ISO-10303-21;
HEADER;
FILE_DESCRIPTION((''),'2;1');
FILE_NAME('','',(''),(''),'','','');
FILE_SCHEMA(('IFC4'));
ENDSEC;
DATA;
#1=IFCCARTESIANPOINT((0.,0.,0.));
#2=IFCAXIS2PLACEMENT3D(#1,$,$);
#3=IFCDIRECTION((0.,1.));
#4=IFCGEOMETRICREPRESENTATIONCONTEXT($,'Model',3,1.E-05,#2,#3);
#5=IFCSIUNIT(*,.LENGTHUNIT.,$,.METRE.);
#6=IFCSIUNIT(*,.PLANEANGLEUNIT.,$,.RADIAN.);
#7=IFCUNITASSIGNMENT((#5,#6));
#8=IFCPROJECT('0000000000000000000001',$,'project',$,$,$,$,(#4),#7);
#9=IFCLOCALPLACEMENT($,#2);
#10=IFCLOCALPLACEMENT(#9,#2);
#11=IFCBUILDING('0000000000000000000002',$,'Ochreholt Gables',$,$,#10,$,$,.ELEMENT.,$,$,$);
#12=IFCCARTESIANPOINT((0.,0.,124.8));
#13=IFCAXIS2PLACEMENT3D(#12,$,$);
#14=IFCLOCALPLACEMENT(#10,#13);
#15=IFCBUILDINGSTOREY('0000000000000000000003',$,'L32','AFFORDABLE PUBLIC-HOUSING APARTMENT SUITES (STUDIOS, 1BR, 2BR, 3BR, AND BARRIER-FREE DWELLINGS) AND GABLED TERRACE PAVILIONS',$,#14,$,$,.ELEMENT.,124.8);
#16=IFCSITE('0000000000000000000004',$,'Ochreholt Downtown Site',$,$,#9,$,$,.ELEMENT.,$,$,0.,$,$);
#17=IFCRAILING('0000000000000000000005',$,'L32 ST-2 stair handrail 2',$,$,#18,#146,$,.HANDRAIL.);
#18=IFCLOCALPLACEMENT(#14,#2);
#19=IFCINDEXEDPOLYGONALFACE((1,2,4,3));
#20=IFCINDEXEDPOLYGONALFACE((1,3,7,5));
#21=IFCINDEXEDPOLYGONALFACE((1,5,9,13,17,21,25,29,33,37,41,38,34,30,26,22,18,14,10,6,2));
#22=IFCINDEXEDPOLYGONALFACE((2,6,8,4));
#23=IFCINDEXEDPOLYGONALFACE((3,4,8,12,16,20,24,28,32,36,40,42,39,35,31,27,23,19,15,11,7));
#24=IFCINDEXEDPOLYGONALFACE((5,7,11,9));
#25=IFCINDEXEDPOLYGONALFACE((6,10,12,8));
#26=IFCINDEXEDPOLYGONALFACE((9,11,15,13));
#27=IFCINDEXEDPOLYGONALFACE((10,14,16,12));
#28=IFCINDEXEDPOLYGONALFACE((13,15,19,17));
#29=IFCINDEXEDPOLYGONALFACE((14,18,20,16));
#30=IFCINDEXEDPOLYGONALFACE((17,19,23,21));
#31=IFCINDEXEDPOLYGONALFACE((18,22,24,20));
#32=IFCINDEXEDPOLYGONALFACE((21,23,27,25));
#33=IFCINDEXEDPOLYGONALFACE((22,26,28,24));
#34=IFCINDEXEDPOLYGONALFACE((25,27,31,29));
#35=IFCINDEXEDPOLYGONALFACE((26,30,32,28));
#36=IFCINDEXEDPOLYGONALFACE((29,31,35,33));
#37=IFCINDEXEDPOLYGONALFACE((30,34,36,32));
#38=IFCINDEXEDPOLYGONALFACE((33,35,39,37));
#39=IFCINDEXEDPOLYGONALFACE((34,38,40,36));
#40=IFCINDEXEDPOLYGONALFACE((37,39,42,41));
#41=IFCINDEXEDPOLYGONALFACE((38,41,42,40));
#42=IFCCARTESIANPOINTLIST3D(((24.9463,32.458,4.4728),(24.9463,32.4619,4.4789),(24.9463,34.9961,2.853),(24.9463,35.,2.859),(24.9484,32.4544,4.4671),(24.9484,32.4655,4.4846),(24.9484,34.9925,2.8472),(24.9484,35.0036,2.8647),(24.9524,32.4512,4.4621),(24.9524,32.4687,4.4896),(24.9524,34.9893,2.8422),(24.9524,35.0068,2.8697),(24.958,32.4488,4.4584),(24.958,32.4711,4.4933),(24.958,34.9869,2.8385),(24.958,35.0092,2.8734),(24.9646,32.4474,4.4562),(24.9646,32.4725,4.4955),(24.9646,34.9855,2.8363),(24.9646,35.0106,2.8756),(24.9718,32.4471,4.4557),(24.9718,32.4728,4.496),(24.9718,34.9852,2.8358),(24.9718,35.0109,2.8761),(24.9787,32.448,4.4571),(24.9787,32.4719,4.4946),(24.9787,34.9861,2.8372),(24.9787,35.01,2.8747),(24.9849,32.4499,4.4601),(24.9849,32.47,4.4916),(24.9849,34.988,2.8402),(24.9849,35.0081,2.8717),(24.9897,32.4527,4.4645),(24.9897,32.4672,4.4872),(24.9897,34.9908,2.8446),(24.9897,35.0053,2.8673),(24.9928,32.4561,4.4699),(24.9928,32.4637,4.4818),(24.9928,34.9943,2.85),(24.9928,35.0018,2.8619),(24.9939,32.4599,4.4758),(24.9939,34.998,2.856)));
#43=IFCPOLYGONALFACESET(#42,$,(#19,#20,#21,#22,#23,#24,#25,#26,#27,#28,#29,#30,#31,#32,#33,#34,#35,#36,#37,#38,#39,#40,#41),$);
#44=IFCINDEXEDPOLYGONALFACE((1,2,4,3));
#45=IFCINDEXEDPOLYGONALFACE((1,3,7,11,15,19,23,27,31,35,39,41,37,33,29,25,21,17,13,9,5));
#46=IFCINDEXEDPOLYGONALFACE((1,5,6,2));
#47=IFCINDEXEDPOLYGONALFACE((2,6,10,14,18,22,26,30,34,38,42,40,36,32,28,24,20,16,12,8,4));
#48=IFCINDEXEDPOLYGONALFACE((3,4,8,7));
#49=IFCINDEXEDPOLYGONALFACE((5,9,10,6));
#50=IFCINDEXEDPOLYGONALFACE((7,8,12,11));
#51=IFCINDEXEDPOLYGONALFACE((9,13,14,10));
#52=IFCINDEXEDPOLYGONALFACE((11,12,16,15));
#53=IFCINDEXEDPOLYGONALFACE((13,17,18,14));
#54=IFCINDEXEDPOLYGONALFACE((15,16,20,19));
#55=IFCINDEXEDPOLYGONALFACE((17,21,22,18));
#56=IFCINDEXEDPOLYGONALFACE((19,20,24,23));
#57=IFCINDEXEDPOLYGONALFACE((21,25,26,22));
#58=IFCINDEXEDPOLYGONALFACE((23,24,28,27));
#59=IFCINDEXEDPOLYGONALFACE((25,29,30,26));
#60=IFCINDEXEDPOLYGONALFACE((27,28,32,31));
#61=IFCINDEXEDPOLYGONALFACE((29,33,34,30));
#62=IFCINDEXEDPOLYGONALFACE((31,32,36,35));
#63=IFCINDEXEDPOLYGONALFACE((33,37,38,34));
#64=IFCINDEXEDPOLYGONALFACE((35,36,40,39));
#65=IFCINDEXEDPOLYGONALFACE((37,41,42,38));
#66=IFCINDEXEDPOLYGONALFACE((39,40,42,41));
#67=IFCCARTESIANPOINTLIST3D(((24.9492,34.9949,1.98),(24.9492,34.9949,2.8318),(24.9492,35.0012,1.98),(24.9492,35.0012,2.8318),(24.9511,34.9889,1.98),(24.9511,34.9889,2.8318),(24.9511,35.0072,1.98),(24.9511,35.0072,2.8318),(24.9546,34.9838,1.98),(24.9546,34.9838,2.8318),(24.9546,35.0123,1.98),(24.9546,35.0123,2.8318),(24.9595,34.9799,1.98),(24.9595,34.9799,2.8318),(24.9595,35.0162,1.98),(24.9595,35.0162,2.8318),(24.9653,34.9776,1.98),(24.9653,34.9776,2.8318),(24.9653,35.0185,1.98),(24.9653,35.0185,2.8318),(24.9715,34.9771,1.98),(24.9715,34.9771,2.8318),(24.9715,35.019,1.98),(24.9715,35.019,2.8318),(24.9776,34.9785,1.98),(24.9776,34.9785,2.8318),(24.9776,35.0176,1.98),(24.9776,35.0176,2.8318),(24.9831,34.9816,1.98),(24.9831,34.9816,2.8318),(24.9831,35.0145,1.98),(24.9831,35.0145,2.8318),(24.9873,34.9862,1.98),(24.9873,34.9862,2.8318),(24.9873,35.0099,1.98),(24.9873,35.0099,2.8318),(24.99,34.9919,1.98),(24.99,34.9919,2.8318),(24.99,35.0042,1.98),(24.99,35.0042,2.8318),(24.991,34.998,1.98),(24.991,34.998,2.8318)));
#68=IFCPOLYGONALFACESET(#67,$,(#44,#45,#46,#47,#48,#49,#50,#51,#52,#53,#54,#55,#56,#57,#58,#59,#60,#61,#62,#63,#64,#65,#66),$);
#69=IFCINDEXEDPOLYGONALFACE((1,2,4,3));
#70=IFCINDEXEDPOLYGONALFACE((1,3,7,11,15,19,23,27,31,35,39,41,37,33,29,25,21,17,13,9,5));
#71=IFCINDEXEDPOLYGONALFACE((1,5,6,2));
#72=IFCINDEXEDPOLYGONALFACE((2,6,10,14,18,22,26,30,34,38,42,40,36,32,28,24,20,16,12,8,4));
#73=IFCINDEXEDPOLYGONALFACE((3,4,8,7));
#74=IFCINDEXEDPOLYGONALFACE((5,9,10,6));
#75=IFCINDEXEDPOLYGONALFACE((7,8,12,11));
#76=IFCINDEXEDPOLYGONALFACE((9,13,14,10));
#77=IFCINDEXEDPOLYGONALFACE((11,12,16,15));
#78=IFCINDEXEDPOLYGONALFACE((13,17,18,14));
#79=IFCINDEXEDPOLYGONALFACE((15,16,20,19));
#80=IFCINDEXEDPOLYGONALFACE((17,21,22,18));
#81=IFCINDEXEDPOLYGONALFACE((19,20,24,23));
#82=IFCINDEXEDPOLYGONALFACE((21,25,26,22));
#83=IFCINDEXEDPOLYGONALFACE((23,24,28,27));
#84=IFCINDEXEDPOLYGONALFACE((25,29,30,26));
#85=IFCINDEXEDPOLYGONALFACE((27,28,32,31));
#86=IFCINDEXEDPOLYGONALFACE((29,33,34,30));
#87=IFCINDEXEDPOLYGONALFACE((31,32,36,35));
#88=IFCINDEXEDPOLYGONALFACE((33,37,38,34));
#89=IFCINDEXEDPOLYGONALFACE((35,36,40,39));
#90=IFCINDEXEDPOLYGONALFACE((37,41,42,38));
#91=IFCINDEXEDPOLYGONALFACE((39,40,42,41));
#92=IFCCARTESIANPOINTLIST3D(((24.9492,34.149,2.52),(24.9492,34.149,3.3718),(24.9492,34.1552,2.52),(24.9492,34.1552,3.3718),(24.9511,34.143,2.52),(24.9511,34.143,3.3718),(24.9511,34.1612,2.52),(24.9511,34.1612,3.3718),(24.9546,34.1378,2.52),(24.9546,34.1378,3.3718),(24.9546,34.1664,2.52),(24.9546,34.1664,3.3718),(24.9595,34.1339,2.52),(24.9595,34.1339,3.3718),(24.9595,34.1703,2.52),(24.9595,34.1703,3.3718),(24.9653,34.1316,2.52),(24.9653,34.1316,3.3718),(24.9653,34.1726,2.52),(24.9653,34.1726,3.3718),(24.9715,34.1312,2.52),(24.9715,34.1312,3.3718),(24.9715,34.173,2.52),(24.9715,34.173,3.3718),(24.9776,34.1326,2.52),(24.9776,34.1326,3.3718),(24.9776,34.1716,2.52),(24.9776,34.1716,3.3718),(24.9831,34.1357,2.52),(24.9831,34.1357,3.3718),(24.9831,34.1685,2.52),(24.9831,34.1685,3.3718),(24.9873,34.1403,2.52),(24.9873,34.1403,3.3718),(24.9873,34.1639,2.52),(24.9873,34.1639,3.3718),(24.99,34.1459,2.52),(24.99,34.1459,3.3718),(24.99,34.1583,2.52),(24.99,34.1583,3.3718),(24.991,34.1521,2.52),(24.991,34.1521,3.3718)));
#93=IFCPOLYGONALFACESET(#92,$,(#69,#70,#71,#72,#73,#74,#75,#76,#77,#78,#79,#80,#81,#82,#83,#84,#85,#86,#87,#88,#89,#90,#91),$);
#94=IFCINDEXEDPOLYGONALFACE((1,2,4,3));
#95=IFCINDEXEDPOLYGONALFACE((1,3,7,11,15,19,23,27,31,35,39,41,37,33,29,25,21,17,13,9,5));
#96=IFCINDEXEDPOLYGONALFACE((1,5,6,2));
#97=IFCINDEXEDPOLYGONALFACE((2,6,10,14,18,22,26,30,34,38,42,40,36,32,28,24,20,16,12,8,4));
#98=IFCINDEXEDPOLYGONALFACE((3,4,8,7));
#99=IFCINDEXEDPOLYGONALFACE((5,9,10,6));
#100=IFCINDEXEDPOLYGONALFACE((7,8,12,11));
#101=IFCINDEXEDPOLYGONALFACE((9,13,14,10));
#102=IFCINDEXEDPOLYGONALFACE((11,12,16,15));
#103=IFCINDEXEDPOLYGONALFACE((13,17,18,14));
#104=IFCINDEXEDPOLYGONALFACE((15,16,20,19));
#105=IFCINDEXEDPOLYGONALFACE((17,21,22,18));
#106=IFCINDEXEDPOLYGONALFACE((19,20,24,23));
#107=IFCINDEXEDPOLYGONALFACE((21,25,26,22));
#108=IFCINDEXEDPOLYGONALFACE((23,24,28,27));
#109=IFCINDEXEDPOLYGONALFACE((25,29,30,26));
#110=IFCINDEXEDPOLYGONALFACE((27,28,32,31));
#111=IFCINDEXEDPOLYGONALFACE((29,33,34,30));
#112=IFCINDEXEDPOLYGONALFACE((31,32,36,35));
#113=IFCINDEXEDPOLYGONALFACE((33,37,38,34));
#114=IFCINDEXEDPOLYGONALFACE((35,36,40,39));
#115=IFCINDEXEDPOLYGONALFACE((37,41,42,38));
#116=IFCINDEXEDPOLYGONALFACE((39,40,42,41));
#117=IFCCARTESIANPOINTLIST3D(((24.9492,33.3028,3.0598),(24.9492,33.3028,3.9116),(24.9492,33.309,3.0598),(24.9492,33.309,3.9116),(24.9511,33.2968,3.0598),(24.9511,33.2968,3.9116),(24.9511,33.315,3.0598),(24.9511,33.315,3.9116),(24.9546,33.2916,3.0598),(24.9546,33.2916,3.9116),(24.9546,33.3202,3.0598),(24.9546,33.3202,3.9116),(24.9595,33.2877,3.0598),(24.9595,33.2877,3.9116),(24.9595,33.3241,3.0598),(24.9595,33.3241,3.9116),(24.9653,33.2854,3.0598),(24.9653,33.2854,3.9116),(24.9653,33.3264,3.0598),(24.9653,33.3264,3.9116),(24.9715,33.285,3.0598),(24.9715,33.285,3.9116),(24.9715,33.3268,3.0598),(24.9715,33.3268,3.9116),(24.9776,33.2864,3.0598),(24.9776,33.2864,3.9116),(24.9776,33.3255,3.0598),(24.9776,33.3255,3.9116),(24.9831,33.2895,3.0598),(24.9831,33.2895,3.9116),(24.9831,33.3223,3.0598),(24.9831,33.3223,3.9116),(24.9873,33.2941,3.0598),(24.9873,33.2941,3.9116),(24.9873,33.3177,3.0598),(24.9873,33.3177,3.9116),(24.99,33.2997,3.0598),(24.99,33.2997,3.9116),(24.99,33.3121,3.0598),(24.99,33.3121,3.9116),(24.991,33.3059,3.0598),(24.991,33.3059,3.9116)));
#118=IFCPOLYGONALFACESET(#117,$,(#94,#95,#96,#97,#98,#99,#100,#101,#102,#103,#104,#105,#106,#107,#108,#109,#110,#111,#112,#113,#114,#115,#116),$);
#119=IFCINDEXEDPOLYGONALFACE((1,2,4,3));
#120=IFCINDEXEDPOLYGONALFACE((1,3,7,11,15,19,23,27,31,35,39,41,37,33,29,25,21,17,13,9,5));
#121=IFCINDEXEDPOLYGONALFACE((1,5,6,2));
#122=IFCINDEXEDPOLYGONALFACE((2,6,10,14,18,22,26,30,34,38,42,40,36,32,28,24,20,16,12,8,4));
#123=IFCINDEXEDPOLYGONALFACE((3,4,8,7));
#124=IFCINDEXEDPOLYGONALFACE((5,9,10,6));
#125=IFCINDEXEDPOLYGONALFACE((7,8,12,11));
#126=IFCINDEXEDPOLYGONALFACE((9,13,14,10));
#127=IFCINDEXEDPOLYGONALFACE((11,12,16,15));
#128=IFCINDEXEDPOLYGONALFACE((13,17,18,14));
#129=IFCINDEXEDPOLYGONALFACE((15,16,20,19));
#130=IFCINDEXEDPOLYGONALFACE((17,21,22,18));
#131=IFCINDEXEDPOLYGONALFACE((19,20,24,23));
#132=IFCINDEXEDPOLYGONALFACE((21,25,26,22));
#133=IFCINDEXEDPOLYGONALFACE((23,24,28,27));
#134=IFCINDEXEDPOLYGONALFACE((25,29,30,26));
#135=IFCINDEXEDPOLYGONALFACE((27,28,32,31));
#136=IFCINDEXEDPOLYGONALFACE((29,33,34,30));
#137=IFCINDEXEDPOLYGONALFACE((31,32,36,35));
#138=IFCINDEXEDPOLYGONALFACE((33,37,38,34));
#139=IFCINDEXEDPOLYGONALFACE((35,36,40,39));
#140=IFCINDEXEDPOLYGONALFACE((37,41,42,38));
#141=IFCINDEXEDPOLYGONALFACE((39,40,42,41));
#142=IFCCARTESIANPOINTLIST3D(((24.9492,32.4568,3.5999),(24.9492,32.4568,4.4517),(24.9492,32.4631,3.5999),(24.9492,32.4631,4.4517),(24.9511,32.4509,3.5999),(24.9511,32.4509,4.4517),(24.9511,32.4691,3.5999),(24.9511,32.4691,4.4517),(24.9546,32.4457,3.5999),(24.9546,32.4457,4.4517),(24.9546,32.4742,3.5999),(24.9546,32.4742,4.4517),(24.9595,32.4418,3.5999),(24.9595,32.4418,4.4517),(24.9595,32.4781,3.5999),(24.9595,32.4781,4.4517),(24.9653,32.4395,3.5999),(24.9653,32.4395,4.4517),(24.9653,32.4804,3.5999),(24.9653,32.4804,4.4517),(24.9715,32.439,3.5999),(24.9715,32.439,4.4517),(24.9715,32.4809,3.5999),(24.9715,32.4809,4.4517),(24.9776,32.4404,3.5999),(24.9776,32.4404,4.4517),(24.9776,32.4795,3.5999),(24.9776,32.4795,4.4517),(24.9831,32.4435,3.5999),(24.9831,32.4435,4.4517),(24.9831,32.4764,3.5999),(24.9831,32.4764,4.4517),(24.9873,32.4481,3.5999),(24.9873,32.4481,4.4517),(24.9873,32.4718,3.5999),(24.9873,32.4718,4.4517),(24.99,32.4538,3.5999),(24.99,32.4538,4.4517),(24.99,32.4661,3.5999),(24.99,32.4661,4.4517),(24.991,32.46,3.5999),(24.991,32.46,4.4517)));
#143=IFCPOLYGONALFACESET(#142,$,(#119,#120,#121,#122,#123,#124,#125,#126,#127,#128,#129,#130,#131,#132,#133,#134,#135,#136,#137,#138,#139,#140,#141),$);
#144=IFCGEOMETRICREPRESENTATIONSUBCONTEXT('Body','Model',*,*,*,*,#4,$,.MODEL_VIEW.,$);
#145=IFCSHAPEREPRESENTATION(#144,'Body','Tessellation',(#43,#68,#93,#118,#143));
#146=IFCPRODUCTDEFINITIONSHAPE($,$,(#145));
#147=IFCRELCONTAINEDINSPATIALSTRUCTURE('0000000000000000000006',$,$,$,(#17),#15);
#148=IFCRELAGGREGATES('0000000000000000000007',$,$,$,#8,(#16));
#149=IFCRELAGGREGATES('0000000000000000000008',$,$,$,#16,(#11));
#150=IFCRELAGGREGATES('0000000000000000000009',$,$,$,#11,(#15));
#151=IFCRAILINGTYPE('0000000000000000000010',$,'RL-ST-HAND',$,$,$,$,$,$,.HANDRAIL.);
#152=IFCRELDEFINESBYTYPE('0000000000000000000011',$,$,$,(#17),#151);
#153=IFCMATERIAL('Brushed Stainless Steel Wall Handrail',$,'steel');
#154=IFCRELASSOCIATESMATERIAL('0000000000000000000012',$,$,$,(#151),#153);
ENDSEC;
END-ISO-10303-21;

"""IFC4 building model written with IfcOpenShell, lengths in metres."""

from ifc_helpers import new_model, si_unit, direction, frame, origin, origin_2d, place, context, subcontext, project, spatial, circle, extrude, material, type_object, element, save


model = new_model("IFC4")

# Units and contexts
model_context = context("Model", 3, precision=1e-05, world=origin(), true_north=direction((0.0, 1.0)))
body_context = subcontext(model_context, "Body", "Model", "MODEL_VIEW")
ifc_project = project(units=[si_unit("LENGTHUNIT", "METRE"), si_unit("PLANEANGLEUNIT", "RADIAN")], contexts=[model_context])

# Site, building, storey
site_placement = place(None, origin())
site = spatial("IfcSite", under=ifc_project, at=site_placement, Name="Ochreholt Downtown Site", CompositionType="ELEMENT", RefElevation=0.0)
building_placement = place(site_placement, origin())
building = spatial("IfcBuilding", under=site, at=building_placement, Name="Ochreholt Gables", CompositionType="ELEMENT")
storey_placement = place(building_placement, frame((0.0, 0.0, 124.8)))
storey = spatial("IfcBuildingStorey", under=building, at=storey_placement, Name="L32", Description="AFFORDABLE PUBLIC-HOUSING APARTMENT SUITES (STUDIOS, 1BR, 2BR, 3BR, AND BARRIER-FREE DWELLINGS) AND GABLED TERRACE PAVILIONS", CompositionType="ELEMENT", Elevation=124.8)

# Railing
ifc_material_1 = material(Name="Brushed Stainless Steel Wall Handrail", Category="steel")
railing_type_1 = type_object("IfcRailingType", Name="RL-ST-HAND", PredefinedType="HANDRAIL", material=ifc_material_1)
railing_1_placement = place(storey_placement, frame((24.97, 34.998, 1.98)))
element("IfcRailing", 1, at=railing_1_placement, inside=storey, type_object=railing_type_1, Name="L32 ST-2 stair handrail 2", PredefinedType="HANDRAIL", context=body_context, shape_type="SweptSolid", body=[
    extrude(circle(Radius=0.0239, at=origin_2d()), frame((0.0, 0.0, 0.876), z_axis=(0.0, -0.84295, 0.537993), x_axis=(1.0, 0.0, 0.0)), (0.0, 0.0, 1.0), 3.011),
    extrude(circle(Radius=0.021, at=origin_2d()), origin(), (0.0, 0.0, 1.0), 0.8518),
    extrude(circle(Radius=0.021, at=origin_2d()), frame((0.0, -0.8459, 0.54)), (0.0, 0.0, 1.0), 0.8518),
    extrude(circle(Radius=0.021, at=origin_2d()), frame((0.0, -1.6921, 1.0798)), (0.0, 0.0, 1.0), 0.8518),
    extrude(circle(Radius=0.021, at=origin_2d()), frame((0.0, -2.5381, 1.6199)), (0.0, 0.0, 1.0), 0.8518),
])

save(model, "model.ifc")
